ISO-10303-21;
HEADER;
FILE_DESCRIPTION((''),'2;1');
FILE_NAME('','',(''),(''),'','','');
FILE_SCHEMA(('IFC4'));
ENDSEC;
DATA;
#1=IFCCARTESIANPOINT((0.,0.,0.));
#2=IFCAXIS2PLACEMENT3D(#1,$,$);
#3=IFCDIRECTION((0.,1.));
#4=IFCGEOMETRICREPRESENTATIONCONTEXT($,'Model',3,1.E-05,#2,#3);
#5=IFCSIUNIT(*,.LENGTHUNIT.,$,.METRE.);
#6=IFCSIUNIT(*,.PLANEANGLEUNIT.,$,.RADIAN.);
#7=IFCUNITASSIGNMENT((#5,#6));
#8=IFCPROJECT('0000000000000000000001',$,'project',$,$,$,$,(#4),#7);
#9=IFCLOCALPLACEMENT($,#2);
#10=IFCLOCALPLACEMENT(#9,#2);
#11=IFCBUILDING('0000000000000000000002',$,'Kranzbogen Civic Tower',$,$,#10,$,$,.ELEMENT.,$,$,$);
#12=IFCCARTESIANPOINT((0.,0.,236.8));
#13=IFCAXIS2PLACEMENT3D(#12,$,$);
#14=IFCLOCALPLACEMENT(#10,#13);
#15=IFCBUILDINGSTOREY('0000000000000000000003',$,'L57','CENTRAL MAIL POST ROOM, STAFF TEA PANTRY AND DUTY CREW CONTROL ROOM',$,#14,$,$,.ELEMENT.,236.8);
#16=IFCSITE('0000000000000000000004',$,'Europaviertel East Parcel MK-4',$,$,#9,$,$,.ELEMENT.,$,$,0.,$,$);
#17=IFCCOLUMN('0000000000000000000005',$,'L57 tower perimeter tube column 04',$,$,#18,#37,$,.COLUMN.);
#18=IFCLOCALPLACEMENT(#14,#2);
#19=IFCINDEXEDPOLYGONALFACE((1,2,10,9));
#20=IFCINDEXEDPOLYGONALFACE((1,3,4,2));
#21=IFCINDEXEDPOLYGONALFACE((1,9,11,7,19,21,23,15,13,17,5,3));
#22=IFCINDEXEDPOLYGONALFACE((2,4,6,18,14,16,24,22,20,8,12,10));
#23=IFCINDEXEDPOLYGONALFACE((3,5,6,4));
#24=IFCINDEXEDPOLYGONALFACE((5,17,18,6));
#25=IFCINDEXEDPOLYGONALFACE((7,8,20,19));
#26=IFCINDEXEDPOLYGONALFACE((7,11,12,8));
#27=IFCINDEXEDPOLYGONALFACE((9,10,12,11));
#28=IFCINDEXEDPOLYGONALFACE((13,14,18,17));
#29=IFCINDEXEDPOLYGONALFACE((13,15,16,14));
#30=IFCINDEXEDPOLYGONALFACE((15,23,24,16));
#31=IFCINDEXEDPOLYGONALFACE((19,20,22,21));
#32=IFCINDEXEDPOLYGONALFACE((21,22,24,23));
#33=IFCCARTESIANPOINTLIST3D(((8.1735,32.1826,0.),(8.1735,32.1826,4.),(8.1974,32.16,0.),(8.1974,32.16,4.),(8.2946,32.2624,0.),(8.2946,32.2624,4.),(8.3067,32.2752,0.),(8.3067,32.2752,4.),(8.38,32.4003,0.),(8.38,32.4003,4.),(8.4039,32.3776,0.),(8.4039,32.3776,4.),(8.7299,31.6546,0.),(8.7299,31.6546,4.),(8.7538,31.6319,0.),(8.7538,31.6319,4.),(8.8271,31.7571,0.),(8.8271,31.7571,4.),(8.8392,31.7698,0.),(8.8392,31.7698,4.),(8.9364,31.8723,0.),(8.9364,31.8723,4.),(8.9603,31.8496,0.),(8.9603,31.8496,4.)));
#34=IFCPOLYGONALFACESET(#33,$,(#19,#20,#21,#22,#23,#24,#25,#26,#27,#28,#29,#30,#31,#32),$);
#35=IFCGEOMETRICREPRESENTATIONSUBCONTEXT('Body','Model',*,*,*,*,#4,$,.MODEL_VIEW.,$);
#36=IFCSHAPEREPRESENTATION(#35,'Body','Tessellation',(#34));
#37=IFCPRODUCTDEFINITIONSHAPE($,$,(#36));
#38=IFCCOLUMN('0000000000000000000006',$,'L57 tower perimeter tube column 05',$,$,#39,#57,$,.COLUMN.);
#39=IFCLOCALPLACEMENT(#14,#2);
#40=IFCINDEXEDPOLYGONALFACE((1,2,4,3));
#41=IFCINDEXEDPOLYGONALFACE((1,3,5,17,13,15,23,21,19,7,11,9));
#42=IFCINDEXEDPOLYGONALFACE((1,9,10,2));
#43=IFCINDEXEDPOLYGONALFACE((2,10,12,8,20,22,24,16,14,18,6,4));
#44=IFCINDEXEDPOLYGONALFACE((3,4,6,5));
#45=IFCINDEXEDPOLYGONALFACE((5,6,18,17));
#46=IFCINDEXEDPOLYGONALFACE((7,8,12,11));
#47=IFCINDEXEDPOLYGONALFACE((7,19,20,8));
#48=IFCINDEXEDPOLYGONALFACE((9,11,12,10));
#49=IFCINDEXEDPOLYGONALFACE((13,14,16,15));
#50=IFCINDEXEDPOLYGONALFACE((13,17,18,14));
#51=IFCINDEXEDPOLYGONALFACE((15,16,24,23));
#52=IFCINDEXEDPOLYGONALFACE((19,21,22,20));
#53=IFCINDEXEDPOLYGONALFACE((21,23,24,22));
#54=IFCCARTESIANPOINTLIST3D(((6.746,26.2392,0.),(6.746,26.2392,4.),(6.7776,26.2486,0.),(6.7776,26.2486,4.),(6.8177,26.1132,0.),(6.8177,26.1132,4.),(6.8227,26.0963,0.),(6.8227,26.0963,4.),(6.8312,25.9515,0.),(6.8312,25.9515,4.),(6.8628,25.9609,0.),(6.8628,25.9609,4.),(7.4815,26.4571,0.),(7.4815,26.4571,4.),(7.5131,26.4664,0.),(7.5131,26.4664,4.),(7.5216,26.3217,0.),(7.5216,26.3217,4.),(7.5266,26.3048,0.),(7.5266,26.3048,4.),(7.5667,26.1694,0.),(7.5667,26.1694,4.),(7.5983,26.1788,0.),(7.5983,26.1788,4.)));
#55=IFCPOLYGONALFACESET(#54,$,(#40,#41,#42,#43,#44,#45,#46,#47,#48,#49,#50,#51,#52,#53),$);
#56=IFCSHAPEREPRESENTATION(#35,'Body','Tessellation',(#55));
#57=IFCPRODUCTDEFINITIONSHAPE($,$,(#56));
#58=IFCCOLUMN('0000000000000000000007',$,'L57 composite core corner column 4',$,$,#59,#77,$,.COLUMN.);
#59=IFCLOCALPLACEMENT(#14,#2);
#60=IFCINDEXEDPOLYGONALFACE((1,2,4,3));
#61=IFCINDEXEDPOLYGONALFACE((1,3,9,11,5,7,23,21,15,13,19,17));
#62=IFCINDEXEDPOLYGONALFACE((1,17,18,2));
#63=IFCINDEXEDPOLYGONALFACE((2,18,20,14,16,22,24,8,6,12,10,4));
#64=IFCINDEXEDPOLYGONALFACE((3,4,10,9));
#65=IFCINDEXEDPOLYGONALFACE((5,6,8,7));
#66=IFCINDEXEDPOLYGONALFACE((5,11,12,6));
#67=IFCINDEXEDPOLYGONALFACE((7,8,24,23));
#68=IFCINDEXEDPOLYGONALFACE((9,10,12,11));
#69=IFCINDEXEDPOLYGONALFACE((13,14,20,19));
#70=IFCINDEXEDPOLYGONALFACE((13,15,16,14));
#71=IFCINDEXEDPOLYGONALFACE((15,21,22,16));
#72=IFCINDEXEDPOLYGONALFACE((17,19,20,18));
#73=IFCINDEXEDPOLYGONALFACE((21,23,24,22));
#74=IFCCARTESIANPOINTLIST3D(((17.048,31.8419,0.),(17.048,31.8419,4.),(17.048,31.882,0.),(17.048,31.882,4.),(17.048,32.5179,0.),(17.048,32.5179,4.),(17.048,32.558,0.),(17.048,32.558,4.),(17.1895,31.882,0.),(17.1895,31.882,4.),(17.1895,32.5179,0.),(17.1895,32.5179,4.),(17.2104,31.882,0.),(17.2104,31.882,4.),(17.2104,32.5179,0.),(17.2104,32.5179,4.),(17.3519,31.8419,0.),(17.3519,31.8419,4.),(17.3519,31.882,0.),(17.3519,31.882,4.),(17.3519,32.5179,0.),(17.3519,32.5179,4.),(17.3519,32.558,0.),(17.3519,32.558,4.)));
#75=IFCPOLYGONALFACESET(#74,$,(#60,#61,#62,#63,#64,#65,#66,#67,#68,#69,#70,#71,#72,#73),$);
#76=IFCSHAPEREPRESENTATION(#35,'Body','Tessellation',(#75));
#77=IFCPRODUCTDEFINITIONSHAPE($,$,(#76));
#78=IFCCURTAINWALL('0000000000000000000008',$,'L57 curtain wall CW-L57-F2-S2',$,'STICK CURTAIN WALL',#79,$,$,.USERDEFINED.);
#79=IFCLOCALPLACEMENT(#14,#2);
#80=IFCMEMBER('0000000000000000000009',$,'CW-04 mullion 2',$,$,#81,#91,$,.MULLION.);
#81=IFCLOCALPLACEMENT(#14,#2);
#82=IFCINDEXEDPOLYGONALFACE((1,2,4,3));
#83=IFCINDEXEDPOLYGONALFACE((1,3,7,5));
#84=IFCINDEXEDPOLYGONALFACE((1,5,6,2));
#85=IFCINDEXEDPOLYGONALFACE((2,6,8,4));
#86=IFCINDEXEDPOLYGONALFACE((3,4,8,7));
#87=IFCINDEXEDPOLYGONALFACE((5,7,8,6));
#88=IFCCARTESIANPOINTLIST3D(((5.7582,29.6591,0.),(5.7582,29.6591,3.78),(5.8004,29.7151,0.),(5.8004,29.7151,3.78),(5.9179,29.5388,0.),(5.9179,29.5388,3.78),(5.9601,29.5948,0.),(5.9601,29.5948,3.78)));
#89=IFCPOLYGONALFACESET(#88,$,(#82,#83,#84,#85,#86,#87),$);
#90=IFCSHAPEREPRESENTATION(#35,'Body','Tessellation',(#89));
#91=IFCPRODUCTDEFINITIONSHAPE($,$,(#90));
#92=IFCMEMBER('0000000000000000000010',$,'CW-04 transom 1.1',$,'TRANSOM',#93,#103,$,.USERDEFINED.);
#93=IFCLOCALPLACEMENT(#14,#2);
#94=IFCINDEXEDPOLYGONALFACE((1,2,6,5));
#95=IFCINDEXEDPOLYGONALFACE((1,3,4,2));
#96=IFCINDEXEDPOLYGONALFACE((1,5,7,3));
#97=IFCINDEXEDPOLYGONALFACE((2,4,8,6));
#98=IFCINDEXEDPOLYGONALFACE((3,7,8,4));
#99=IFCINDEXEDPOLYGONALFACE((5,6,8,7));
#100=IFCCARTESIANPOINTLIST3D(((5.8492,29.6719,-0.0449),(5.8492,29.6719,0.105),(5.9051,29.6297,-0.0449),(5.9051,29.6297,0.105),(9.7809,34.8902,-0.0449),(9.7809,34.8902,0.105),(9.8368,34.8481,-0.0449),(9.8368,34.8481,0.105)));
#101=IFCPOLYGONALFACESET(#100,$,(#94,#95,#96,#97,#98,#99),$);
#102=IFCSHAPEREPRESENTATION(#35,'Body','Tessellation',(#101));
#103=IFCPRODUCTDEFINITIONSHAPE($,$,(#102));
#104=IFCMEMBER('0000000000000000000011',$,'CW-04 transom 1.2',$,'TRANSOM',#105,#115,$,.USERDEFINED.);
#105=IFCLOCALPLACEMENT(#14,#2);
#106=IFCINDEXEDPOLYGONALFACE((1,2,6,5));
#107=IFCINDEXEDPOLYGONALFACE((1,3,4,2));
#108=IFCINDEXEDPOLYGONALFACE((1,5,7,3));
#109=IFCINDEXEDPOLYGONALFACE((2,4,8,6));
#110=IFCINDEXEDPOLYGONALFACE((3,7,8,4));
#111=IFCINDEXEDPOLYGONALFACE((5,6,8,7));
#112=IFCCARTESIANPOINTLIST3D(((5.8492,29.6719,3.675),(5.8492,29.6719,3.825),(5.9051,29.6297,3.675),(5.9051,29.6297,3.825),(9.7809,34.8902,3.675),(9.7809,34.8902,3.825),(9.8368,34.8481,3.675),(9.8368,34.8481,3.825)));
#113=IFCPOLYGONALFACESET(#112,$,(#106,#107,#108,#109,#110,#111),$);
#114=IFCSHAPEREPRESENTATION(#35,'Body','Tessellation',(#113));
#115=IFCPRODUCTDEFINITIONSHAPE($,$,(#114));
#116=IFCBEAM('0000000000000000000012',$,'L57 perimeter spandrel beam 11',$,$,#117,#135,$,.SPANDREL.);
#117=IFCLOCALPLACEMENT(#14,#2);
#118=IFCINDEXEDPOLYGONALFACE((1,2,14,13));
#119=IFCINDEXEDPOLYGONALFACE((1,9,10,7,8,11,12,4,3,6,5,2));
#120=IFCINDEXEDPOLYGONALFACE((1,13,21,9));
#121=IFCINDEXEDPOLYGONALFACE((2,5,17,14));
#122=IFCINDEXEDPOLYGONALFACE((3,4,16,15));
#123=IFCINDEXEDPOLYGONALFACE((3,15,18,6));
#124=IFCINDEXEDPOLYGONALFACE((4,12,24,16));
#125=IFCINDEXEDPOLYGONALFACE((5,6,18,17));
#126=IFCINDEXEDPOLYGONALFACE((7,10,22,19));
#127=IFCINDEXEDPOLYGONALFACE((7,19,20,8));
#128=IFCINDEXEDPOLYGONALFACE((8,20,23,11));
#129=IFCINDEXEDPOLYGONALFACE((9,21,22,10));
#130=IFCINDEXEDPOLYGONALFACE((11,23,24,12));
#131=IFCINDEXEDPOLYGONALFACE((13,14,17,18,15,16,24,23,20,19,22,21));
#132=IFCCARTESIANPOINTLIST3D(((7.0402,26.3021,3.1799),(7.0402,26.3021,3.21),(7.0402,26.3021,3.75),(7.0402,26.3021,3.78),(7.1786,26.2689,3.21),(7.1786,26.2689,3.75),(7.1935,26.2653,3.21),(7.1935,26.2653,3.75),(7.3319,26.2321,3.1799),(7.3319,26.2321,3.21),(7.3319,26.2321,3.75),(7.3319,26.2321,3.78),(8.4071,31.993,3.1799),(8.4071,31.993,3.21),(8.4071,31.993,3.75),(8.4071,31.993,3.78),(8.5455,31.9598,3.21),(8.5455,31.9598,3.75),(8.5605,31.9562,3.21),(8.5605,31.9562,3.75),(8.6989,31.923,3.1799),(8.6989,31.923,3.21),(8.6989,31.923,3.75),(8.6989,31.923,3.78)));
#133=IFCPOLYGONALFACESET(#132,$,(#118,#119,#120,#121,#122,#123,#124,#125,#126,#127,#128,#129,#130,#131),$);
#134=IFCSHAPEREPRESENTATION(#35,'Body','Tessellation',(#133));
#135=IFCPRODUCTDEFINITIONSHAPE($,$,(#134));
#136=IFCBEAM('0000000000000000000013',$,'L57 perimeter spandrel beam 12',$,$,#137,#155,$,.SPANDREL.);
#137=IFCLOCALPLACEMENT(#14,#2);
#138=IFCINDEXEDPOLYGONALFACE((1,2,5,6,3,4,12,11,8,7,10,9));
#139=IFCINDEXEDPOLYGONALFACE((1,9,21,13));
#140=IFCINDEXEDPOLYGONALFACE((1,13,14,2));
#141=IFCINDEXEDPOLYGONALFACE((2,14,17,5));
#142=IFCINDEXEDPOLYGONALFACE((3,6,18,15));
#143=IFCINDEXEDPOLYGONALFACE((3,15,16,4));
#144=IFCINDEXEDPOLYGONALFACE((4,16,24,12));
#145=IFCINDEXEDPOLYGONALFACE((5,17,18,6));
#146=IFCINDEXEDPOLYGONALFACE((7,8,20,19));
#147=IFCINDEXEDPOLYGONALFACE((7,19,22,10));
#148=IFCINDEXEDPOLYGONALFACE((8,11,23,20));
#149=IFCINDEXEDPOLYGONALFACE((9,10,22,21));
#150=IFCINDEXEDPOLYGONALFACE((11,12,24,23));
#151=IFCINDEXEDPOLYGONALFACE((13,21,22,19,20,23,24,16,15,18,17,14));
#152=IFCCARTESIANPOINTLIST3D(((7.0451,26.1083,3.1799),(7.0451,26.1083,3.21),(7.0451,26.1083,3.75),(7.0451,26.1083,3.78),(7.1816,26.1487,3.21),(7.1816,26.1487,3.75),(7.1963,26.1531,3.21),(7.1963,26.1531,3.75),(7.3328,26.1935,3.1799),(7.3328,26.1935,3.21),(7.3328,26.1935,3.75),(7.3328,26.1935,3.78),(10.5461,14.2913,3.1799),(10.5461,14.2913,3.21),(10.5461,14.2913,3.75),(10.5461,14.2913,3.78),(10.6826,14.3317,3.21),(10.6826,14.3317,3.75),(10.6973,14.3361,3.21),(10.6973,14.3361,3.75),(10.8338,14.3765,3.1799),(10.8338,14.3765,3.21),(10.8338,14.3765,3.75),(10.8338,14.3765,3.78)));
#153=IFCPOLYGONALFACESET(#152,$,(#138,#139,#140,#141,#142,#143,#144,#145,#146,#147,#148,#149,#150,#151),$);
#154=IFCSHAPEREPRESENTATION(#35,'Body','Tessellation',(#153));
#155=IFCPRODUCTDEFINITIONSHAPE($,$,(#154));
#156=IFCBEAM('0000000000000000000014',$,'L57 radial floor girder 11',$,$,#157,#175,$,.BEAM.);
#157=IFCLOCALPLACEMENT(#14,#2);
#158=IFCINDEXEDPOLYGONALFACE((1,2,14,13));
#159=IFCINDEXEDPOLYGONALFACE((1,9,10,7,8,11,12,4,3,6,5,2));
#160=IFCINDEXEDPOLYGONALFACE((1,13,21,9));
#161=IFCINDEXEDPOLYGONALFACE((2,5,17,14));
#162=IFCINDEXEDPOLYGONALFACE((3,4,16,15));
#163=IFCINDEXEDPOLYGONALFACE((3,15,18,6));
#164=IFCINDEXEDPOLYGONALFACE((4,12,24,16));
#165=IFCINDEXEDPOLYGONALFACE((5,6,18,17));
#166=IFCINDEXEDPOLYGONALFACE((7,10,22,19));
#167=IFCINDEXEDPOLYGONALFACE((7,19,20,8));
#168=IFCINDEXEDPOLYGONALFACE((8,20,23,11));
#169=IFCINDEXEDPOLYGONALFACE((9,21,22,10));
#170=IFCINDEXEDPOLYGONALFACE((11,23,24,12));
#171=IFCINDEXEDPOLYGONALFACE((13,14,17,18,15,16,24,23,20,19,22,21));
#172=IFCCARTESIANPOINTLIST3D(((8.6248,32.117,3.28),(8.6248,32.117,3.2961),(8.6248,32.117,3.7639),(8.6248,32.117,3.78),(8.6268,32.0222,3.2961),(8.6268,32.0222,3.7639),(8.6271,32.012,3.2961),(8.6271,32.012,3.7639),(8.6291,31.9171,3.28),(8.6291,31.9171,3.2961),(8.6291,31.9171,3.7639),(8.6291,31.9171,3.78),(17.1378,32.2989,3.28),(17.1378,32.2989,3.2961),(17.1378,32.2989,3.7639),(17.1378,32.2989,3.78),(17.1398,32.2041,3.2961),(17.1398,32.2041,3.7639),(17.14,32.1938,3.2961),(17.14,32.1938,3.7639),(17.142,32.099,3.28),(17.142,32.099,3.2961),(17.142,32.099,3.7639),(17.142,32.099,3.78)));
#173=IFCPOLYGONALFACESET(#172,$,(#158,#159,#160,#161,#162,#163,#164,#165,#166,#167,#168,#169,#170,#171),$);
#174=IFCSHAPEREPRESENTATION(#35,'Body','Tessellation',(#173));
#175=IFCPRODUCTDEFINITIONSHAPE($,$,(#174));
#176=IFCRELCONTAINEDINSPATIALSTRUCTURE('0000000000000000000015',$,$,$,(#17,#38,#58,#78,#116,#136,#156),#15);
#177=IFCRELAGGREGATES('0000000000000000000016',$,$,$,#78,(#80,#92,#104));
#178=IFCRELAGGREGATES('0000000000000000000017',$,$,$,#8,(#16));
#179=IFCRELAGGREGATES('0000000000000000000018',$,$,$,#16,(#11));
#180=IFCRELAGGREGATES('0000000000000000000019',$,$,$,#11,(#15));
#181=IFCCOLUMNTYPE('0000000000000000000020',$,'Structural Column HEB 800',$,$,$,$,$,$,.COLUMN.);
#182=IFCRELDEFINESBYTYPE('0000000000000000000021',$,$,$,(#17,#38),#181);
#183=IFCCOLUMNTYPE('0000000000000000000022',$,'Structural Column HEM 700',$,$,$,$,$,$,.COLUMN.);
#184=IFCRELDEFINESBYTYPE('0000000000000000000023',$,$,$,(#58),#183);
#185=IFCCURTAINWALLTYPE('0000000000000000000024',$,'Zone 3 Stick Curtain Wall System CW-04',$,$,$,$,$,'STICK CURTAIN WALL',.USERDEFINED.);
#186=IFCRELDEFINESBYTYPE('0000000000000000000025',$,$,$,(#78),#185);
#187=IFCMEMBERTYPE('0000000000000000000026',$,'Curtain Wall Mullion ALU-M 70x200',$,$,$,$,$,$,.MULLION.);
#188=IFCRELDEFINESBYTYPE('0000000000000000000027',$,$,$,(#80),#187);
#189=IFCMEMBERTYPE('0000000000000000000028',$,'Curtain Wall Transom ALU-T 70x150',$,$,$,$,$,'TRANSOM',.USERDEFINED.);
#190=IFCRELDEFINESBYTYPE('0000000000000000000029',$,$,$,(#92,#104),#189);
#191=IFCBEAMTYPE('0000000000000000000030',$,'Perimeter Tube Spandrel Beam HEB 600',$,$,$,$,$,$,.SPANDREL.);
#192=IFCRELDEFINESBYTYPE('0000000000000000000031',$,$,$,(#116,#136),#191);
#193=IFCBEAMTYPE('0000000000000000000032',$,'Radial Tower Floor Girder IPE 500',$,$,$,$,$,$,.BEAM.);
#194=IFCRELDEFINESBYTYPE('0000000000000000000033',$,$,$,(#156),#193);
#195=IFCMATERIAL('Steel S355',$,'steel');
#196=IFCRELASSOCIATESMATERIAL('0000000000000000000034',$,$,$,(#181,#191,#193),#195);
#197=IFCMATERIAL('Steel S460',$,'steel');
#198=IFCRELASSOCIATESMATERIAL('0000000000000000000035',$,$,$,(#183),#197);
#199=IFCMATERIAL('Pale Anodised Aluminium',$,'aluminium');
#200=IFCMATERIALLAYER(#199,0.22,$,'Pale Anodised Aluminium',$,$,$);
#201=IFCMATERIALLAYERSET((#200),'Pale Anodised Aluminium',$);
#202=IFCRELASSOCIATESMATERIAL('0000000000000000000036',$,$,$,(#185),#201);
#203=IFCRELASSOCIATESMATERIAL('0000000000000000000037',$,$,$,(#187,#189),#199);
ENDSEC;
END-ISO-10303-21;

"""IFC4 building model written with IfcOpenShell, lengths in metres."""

from ifc_helpers import new_model, si_unit, direction, frame, origin, origin_2d, place, context, subcontext, project, spatial, rectangle, i_section, extrude, material, layer, layer_set, material_profile, profile_set, type_object, element, aggregate, save


model = new_model("IFC4")

# Units and contexts
model_context = context("Model", 3, precision=1e-05, world=origin(), true_north=direction((0.0, 1.0)))
body_context = subcontext(model_context, "Body", "Model", "MODEL_VIEW")
ifc_project = project(units=[si_unit("LENGTHUNIT", "METRE"), si_unit("PLANEANGLEUNIT", "RADIAN")], contexts=[model_context])

# Site, building, storey
site_placement = place(None, origin())
site = spatial("IfcSite", under=ifc_project, at=site_placement, Name="Europaviertel East Parcel MK-4", CompositionType="ELEMENT", RefElevation=0.0)
building_placement = place(site_placement, origin())
building = spatial("IfcBuilding", under=site, at=building_placement, Name="Kranzbogen Civic Tower", CompositionType="ELEMENT")
storey_placement = place(building_placement, frame((0.0, 0.0, 236.8)))
storey = spatial("IfcBuildingStorey", under=building, at=storey_placement, Name="L57", Description="CENTRAL MAIL POST ROOM, STAFF TEA PANTRY AND DUTY CREW CONTROL ROOM", CompositionType="ELEMENT", Elevation=236.8)

# Columns
ifc_material_1 = material(Name="Steel S355", Category="steel")
ifc_material_profile_1 = material_profile(ifc_material_1, i_section(OverallWidth=0.3, OverallDepth=0.8, WebThickness=0.0176, FlangeThickness=0.033, at=origin_2d()), Name="HEB 800")
ifc_profile_set_1 = profile_set([ifc_material_profile_1], Name="Steel S355")
column_type_1 = type_object("IfcColumnType", Name="Structural Column HEB 800", PredefinedType="COLUMN", material=ifc_profile_set_1)
for number, where, z_axis, x_axis, name in (
    (1, (8.5669, 32.0161, 0.0), (0.0, 0.0, 1.0), (0.688355, 0.725374, 0.0), "L57 tower perimeter tube column 04"),
    (2, (7.1721, 26.209, 0.0), (0.0, 0.0, 1.0), (-0.284015, 0.95882, 0.0), "L57 tower perimeter tube column 05"),
):
    element("IfcColumn", number, at=place(storey_placement, frame(where, z_axis=z_axis, x_axis=x_axis)), inside=storey, type_object=column_type_1, Name=name, PredefinedType="COLUMN", context=body_context, shape_type="SweptSolid", body=[
        extrude(i_section(OverallWidth=0.3, OverallDepth=0.8, WebThickness=0.0176, FlangeThickness=0.033, at=origin_2d()), origin(), (0.0, 0.0, 1.0), 4.0),
    ])
ifc_material_2 = material(Name="Steel S460", Category="steel")
ifc_material_profile_2 = material_profile(ifc_material_2, i_section(OverallWidth=0.304, OverallDepth=0.7161, WebThickness=0.021, FlangeThickness=0.04, at=origin_2d()), Name="HEM 700")
ifc_profile_set_2 = profile_set([ifc_material_profile_2], Name="Steel S460")
column_type_2 = type_object("IfcColumnType", Name="Structural Column HEM 700", PredefinedType="COLUMN", material=ifc_profile_set_2)
column_placement = place(storey_placement, frame((17.2, 32.2, 0.0), z_axis=(0.0, 0.0, 1.0), x_axis=(1.0, 0.0, 0.0)))
element("IfcColumn", 3, at=column_placement, inside=storey, type_object=column_type_2, Name="L57 composite core corner column 4", PredefinedType="COLUMN", context=body_context, shape_type="SweptSolid", body=[
    extrude(i_section(OverallWidth=0.304, OverallDepth=0.7161, WebThickness=0.021, FlangeThickness=0.04, at=origin_2d()), origin(), (0.0, 0.0, 1.0), 4.0),
])

# Curtain wall, members
ifc_material_3 = material(Name="Pale Anodised Aluminium", Category="aluminium")
ifc_layer_1 = layer(ifc_material_3, 0.22, Name="Pale Anodised Aluminium")
ifc_layer_set_1 = layer_set([ifc_layer_1], Name="Pale Anodised Aluminium")
curtain_wall_type = type_object("IfcCurtainWallType", Name="Zone 3 Stick Curtain Wall System CW-04", ElementType="STICK CURTAIN WALL", PredefinedType="USERDEFINED", material=ifc_layer_set_1)
curtain_wall_placement = place(storey_placement, origin())
curtain_wall = element("IfcCurtainWall", 4, at=curtain_wall_placement, inside=storey, type_object=curtain_wall_type, Name="L57 curtain wall CW-L57-F2-S2", ObjectType="STICK CURTAIN WALL", PredefinedType="USERDEFINED")
ifc_material_profile_3 = material_profile(ifc_material_3, rectangle(XDim=0.0701, YDim=0.2, at=origin_2d()), Name="ALU-M 70x200")
ifc_profile_set_3 = profile_set([ifc_material_profile_3], Name="Pale Anodised Aluminium")
member_type_1 = type_object("IfcMemberType", Name="Curtain Wall Mullion ALU-M 70x200", PredefinedType="MULLION", material=ifc_profile_set_3)
member_1_placement = place(storey_placement, frame((5.8591, 29.627, 0.0), z_axis=(0.0, 0.0, 1.0), x_axis=(-0.601778, -0.798663, 0.0)))
member_1 = element("IfcMember", 5, at=member_1_placement, type_object=member_type_1, Name="CW-04 mullion 2", PredefinedType="MULLION", context=body_context, shape_type="SweptSolid", body=[
    extrude(rectangle(XDim=0.0701, YDim=0.2, at=origin_2d()), origin(), (0.0, 0.0, 1.0), 3.78),
])
ifc_material_profile_4 = material_profile(ifc_material_3, rectangle(XDim=0.0701, YDim=0.1499, at=origin_2d()), Name="ALU-T 70x150")
ifc_profile_set_4 = profile_set([ifc_material_profile_4], Name="Pale Anodised Aluminium")
member_type_2 = type_object("IfcMemberType", Name="Curtain Wall Transom ALU-T 70x150", ElementType="TRANSOM", PredefinedType="USERDEFINED", material=ifc_profile_set_4)
member_2_placement = place(storey_placement, frame((9.8088, 34.8691, 0.03), z_axis=(-0.601756, -0.79868, 0.0), x_axis=(0.79868, -0.601756, 0.0)))
member_2 = element("IfcMember", 6, at=member_2_placement, type_object=member_type_2, Name="CW-04 transom 1.1", ObjectType="TRANSOM", PredefinedType="USERDEFINED", context=body_context, shape_type="SweptSolid", body=[
    extrude(rectangle(XDim=0.0701, YDim=0.1499, at=origin_2d()), origin(), (0.0, 0.0, 1.0), 6.5337),
])
member_3_placement = place(storey_placement, frame((9.8088, 34.8691, 3.75), z_axis=(-0.601756, -0.79868, 0.0), x_axis=(0.79868, -0.601756, 0.0)))
member_3 = element("IfcMember", 7, at=member_3_placement, type_object=member_type_2, Name="CW-04 transom 1.2", ObjectType="TRANSOM", PredefinedType="USERDEFINED", context=body_context, shape_type="SweptSolid", body=[
    extrude(rectangle(XDim=0.0701, YDim=0.1499, at=origin_2d()), origin(), (0.0, 0.0, 1.0), 6.5337),
])

# Beams
ifc_material_profile_5 = material_profile(ifc_material_1, i_section(OverallWidth=0.3, OverallDepth=0.6001, WebThickness=0.0154, FlangeThickness=0.03, at=origin_2d()), Name="HEB 600")
ifc_profile_set_5 = profile_set([ifc_material_profile_5], Name="Steel S355")
beam_type_1 = type_object("IfcBeamType", Name="Perimeter Tube Spandrel Beam HEB 600", PredefinedType="SPANDREL", material=ifc_profile_set_5)
beam_1_placement = place(storey_placement, frame((8.553, 31.958, 3.48), z_axis=(-0.233554, -0.972344, 0.0), x_axis=(0.972344, -0.233554, 0.0)))
element("IfcBeam", 8, at=beam_1_placement, inside=storey, type_object=beam_type_1, Name="L57 perimeter spandrel beam 11", PredefinedType="SPANDREL", context=body_context, shape_type="SweptSolid", body=[
    extrude(i_section(OverallWidth=0.3, OverallDepth=0.6001, WebThickness=0.0154, FlangeThickness=0.03, at=origin_2d()), origin(), (0.0, 0.0, 1.0), 5.8528),
])
beam_2_placement = place(storey_placement, frame((7.189, 26.1509, 3.48), z_axis=(0.284064, -0.958805, 0.0), x_axis=(0.958805, 0.284064, 0.0)))
element("IfcBeam", 9, at=beam_2_placement, inside=storey, type_object=beam_type_1, Name="L57 perimeter spandrel beam 12", PredefinedType="SPANDREL", context=body_context, shape_type="SweptSolid", body=[
    extrude(i_section(OverallWidth=0.3, OverallDepth=0.6001, WebThickness=0.0154, FlangeThickness=0.03, at=origin_2d()), origin(), (0.0, 0.0, 1.0), 12.3247),
])
ifc_material_profile_6 = material_profile(ifc_material_1, i_section(OverallWidth=0.2, OverallDepth=0.5, WebThickness=0.0103, FlangeThickness=0.0161, at=origin_2d()), Name="IPE 500")
ifc_profile_set_6 = profile_set([ifc_material_profile_6], Name="Steel S355")
beam_type_2 = type_object("IfcBeamType", Name="Radial Tower Floor Girder IPE 500", PredefinedType="BEAM", material=ifc_profile_set_6)
beam_3_placement = place(storey_placement, frame((8.627, 32.0171, 3.53), z_axis=(0.999772, 0.021361, 0.0), x_axis=(-0.021361, 0.999772, 0.0)))
element("IfcBeam", 10, at=beam_3_placement, inside=storey, type_object=beam_type_2, Name="L57 radial floor girder 11", PredefinedType="BEAM", context=body_context, shape_type="SweptSolid", body=[
    extrude(i_section(OverallWidth=0.2, OverallDepth=0.5, WebThickness=0.0103, FlangeThickness=0.0161, at=origin_2d()), origin(), (0.0, 0.0, 1.0), 8.5149),
])

aggregate(curtain_wall, [member_1, member_2, member_3])

save(model, "model.ifc")
